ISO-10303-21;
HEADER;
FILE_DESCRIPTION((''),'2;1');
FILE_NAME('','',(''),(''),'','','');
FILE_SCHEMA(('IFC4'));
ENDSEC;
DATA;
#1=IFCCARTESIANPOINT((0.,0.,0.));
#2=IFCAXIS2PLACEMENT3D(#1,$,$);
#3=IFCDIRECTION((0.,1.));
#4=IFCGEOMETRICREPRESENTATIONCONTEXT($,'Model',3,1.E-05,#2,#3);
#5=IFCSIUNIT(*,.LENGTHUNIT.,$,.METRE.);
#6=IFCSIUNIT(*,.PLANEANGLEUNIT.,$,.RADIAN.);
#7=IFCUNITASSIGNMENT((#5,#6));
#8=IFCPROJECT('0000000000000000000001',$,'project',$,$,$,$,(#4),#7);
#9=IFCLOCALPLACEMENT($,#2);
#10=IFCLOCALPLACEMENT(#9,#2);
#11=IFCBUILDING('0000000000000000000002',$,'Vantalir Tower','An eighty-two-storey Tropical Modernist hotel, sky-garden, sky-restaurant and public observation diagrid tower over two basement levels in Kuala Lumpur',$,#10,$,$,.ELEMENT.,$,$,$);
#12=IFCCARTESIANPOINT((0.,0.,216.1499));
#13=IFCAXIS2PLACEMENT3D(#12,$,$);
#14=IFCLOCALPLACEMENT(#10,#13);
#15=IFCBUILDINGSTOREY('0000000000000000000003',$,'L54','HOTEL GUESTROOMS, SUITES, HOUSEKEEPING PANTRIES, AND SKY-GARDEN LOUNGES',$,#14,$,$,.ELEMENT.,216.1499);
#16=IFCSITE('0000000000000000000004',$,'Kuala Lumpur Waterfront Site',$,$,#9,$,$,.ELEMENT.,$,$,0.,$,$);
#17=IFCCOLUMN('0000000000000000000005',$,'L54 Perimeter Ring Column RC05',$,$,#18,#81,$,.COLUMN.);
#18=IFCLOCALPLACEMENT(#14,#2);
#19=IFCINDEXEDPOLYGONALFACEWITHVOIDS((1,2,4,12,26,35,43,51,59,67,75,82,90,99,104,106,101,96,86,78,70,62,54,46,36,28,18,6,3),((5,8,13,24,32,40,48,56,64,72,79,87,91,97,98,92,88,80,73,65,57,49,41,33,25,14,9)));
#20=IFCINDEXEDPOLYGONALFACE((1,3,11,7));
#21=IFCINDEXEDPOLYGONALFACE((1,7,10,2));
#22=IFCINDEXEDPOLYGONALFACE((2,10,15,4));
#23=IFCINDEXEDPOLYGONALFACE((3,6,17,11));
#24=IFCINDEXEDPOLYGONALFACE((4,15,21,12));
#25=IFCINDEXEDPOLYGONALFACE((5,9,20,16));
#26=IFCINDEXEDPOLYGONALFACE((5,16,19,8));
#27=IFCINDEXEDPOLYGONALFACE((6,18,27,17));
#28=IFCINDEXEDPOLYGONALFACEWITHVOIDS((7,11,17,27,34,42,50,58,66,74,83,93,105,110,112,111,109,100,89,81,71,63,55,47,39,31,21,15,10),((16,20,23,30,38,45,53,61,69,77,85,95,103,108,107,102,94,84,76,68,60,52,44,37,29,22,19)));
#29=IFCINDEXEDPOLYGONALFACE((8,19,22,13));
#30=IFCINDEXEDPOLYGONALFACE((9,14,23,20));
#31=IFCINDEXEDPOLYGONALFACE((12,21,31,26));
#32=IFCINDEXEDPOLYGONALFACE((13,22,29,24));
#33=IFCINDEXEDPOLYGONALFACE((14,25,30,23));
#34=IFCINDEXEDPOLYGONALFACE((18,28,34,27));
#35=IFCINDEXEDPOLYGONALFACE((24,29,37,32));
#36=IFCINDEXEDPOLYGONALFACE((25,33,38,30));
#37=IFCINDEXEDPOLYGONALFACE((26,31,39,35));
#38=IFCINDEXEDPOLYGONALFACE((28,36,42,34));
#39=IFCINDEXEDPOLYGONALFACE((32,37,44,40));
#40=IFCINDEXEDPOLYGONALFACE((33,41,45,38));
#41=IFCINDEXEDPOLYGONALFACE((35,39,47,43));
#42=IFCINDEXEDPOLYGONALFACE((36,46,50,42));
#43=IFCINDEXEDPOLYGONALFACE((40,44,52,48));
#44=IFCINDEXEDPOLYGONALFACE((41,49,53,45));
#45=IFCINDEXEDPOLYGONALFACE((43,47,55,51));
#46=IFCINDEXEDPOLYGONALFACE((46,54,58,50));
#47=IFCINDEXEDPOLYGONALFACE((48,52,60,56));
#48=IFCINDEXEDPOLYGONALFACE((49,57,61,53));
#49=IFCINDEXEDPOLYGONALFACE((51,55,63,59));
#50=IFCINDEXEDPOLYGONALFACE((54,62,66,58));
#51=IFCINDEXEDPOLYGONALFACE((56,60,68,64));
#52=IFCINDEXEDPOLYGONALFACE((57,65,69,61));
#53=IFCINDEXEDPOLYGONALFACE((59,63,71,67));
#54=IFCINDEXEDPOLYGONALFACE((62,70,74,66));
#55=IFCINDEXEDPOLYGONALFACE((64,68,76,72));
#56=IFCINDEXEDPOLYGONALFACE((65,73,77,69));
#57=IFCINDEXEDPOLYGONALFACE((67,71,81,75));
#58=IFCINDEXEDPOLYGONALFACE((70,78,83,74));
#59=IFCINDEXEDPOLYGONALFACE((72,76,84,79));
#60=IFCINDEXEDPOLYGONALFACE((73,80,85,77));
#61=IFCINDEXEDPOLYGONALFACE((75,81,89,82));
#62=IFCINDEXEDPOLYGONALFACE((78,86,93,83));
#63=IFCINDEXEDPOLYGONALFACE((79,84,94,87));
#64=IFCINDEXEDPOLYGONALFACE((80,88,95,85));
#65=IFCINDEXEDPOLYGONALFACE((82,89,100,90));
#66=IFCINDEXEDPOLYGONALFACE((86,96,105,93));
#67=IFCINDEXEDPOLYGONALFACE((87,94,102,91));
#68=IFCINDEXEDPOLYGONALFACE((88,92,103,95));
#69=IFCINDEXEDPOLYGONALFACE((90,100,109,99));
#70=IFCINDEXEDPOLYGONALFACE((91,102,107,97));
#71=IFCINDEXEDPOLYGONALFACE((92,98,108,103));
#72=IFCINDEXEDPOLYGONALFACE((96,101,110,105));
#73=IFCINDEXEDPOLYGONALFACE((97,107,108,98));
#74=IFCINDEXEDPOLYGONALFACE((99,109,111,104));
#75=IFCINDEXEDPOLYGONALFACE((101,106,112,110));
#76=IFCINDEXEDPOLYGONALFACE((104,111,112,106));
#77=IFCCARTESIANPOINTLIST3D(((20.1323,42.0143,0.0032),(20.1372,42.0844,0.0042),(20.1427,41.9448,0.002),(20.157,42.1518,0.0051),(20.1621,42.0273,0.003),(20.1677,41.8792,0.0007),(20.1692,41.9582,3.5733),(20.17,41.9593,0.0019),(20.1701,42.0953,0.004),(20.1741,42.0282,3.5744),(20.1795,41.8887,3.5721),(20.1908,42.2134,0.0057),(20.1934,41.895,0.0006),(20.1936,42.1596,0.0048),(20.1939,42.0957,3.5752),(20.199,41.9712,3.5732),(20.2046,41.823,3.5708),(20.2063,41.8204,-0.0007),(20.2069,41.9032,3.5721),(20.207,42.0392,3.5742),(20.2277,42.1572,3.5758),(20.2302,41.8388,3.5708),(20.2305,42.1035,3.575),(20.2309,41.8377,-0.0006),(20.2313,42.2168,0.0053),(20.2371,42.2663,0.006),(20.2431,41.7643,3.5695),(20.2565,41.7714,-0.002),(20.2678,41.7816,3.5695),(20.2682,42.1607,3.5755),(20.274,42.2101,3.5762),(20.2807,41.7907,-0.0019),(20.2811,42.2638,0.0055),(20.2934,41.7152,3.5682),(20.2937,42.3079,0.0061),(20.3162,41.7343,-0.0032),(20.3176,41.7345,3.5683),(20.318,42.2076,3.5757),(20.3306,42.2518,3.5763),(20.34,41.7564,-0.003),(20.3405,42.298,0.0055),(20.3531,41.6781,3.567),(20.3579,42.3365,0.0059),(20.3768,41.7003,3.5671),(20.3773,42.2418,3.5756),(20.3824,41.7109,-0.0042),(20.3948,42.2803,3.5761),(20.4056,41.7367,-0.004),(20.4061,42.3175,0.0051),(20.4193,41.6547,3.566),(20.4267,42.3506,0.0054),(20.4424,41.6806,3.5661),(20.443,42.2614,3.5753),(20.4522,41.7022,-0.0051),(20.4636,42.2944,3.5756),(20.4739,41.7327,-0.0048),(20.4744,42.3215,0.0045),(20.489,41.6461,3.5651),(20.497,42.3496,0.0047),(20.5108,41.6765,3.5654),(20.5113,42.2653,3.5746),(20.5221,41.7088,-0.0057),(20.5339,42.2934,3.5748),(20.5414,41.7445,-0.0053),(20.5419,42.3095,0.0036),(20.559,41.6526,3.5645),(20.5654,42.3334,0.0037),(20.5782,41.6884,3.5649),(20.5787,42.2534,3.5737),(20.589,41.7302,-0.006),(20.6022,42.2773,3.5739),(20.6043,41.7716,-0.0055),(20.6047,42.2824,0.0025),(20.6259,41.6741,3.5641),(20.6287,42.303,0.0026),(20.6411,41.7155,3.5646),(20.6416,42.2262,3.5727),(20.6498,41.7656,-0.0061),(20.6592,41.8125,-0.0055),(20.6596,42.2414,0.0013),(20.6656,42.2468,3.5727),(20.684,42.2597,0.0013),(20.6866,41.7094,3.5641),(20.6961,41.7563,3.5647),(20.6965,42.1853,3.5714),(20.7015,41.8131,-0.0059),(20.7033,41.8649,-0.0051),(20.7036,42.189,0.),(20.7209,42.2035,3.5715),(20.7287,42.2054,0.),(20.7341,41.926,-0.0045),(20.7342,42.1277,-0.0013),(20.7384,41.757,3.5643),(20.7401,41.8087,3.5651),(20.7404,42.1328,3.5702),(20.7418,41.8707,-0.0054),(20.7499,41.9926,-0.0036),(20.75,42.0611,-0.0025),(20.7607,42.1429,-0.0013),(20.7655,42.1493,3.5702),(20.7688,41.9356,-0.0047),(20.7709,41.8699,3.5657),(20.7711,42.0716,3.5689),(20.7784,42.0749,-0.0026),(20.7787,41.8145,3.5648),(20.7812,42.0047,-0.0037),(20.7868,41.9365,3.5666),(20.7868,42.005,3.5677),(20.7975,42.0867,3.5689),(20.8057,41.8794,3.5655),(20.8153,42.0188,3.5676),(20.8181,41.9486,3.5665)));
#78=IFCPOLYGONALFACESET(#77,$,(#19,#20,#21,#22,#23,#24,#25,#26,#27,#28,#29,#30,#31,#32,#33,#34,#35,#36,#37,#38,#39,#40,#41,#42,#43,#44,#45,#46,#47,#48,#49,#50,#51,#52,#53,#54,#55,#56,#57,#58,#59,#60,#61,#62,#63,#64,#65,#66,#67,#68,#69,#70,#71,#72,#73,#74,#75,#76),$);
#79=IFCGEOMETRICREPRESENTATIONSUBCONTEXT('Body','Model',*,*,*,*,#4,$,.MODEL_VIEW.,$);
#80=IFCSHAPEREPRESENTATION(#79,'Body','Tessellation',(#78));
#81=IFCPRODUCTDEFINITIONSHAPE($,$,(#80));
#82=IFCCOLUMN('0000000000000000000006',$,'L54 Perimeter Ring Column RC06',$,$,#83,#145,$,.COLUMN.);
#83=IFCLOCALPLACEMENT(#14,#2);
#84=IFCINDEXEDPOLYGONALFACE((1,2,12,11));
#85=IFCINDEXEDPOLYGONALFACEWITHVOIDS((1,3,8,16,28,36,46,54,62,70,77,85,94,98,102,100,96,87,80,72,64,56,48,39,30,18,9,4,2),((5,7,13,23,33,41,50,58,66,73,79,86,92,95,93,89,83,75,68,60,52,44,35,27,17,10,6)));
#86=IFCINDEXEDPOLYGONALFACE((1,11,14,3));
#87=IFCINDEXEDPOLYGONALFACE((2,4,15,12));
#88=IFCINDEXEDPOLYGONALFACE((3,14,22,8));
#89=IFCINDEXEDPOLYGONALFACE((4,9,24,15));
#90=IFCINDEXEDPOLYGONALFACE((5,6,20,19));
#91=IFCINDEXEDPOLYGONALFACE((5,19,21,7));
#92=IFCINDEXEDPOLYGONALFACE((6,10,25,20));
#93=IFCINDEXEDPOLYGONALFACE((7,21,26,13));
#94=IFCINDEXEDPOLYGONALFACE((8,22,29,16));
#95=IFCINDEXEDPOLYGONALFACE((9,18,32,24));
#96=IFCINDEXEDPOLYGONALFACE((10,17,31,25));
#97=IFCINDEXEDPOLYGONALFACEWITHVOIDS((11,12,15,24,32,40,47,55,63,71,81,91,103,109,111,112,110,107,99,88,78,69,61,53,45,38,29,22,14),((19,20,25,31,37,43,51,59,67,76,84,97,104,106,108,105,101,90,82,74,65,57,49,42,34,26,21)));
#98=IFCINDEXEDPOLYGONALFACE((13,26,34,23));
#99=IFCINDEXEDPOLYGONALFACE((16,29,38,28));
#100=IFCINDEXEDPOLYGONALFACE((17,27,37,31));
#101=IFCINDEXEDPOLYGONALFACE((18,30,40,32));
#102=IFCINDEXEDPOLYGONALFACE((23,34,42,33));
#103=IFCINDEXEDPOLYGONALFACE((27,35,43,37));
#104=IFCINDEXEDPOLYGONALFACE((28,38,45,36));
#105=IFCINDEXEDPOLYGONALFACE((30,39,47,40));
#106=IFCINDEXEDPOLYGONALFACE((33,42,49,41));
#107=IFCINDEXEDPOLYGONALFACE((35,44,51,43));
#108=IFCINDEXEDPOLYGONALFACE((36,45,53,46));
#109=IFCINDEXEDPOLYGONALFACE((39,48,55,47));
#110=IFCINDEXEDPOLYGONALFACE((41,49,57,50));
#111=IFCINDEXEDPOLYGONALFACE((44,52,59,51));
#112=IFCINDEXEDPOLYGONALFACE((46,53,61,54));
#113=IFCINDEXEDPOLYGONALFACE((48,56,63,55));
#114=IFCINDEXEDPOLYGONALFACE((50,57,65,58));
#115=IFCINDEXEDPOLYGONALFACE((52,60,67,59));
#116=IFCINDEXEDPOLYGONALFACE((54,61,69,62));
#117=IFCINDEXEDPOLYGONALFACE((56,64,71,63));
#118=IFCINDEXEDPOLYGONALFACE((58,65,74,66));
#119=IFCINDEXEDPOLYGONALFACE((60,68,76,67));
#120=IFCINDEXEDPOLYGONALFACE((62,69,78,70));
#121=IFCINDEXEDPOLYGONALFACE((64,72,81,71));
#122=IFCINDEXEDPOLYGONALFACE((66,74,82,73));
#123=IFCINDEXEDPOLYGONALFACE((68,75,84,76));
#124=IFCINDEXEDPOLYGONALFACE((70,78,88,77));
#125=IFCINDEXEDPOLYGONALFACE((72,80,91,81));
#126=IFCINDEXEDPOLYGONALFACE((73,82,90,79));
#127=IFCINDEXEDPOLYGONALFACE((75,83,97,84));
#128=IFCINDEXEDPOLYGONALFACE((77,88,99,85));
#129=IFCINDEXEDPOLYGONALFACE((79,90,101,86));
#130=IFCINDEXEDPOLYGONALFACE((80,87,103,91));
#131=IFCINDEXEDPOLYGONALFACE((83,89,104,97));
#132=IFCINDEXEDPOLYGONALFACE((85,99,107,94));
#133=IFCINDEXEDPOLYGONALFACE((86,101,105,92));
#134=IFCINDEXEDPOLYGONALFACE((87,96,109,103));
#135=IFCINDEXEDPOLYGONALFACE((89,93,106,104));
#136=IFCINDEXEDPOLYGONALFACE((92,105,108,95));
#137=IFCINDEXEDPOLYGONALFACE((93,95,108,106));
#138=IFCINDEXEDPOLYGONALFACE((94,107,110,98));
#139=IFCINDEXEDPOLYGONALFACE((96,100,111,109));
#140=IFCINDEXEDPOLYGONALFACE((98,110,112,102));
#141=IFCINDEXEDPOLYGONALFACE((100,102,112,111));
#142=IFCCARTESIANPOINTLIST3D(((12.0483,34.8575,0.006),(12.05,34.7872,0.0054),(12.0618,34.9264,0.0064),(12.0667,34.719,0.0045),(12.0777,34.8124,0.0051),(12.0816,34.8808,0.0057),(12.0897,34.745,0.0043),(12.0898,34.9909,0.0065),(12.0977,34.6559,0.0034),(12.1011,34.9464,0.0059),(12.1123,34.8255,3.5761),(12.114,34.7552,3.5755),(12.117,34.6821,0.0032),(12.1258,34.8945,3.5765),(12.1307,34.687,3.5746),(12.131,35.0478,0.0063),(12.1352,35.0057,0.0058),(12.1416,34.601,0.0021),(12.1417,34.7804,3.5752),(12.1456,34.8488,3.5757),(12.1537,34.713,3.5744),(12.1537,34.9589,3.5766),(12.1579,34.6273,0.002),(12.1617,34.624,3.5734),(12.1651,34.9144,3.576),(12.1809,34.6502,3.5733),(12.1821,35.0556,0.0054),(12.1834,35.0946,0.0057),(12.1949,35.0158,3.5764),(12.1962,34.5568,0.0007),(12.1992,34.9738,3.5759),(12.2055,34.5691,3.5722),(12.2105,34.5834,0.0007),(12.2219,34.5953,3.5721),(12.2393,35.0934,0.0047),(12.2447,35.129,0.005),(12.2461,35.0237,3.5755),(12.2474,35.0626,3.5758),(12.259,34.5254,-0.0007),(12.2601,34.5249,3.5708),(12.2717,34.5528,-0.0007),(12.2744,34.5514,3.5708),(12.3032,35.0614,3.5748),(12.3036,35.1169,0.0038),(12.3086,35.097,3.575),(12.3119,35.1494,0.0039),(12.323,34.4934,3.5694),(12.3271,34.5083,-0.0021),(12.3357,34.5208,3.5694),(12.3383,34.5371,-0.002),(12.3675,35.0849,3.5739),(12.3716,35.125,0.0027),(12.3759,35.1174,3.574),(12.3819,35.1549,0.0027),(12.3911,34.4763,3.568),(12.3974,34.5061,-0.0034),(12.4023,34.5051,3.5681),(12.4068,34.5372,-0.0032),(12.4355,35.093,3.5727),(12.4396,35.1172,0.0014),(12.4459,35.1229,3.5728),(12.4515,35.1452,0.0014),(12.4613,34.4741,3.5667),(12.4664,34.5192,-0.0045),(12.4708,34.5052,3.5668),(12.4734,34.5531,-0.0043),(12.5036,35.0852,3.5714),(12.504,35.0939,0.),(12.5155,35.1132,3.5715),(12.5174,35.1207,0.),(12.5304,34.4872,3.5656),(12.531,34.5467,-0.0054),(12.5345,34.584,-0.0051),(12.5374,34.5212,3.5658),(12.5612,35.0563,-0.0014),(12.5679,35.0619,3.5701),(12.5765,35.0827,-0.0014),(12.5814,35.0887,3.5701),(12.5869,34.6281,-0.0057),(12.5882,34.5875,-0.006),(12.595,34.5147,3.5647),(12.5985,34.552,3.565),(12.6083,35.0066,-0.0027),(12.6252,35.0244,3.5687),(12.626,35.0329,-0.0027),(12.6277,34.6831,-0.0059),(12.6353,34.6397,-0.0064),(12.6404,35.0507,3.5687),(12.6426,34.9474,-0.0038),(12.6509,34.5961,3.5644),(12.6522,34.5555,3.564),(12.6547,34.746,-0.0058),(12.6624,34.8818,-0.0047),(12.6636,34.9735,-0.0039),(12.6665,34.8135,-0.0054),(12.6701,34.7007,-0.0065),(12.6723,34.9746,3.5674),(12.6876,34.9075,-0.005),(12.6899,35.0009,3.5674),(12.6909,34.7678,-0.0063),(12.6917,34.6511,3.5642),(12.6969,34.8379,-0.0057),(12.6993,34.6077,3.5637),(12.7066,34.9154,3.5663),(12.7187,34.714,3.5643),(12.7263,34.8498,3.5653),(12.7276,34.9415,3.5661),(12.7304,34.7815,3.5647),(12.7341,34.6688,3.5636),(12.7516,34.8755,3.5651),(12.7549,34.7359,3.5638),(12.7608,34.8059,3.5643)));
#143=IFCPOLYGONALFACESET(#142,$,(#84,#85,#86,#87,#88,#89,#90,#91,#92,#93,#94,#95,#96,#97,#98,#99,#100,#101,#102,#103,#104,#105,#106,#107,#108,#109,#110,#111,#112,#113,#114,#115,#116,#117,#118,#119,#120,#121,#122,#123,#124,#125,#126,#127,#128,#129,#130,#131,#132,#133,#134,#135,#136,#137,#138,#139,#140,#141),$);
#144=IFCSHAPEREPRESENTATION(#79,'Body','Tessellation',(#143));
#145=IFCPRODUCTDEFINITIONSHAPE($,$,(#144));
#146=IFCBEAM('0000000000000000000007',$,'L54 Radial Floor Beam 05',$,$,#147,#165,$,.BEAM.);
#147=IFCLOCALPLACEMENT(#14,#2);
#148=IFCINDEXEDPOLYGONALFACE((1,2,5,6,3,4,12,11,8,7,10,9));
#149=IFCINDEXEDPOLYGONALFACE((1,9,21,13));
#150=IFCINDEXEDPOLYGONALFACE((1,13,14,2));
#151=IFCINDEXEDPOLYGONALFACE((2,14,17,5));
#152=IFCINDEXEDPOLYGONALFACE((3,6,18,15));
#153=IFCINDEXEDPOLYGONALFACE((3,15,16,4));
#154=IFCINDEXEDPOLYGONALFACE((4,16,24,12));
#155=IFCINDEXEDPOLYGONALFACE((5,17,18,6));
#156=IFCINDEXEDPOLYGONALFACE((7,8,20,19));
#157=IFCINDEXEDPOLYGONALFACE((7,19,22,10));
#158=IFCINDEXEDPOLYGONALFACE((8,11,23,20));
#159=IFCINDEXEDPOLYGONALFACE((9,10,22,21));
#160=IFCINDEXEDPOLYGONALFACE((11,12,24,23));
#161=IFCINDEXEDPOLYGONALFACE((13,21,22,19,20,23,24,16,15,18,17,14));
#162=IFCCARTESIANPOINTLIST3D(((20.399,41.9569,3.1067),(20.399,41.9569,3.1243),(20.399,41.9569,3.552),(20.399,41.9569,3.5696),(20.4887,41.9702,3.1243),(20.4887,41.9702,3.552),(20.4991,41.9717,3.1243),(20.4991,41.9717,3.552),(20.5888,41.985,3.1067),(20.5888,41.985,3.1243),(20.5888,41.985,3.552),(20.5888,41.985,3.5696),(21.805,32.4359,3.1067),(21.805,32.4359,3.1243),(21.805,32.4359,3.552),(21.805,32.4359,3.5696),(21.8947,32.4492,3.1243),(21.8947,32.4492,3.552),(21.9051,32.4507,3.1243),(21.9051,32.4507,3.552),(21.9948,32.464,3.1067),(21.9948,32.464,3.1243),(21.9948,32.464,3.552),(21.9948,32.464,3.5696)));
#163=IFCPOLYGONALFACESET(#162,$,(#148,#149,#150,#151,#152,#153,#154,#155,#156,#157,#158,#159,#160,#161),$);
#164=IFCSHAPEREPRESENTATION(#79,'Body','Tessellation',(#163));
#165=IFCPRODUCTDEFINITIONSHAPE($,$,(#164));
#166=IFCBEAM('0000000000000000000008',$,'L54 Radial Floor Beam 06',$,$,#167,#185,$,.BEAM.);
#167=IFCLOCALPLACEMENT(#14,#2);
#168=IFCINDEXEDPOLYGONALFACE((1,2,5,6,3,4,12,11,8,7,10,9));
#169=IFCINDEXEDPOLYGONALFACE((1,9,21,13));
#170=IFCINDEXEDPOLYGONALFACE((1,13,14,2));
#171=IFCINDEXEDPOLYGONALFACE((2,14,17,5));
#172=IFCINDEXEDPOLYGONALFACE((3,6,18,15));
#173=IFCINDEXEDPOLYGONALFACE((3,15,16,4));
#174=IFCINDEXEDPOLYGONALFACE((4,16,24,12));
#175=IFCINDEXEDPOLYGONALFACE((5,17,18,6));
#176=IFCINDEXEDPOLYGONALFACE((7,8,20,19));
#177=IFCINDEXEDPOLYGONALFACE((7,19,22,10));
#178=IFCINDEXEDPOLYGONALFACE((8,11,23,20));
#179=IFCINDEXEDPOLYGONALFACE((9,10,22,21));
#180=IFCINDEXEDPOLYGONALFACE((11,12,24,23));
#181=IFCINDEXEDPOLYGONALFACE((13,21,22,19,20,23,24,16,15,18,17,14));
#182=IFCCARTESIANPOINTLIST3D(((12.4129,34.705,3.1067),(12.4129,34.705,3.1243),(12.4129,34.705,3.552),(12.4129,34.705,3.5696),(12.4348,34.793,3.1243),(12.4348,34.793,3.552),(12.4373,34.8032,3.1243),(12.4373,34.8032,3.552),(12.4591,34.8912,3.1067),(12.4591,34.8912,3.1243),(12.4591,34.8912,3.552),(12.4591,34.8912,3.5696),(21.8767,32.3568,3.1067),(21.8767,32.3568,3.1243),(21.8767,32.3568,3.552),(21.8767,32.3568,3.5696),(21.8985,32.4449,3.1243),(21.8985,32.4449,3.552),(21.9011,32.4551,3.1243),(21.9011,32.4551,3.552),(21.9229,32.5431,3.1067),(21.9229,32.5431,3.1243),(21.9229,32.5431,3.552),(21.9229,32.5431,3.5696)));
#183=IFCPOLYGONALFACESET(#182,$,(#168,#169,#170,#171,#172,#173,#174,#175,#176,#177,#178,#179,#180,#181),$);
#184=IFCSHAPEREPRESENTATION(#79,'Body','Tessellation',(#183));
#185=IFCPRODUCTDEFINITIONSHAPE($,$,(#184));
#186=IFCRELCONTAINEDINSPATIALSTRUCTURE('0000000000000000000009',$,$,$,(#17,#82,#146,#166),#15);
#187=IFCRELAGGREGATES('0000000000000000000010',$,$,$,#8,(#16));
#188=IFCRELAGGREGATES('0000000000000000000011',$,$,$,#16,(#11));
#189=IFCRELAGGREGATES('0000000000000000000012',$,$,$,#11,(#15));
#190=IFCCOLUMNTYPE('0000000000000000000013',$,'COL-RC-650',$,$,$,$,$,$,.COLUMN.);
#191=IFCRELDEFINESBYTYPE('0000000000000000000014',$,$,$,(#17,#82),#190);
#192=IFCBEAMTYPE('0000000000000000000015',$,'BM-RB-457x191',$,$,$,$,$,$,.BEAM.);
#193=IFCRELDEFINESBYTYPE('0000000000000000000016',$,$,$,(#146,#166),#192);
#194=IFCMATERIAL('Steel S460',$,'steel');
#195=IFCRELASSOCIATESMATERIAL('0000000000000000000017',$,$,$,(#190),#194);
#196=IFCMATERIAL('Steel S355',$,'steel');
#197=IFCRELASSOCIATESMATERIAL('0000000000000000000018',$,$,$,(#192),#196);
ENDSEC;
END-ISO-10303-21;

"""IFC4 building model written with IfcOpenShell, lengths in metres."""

from ifc_helpers import new_model, si_unit, direction, frame, origin, origin_2d, place, context, subcontext, project, spatial, hollow_circle, i_section, extrude, material, material_profile, profile_set, type_object, element, save


model = new_model("IFC4")

# Units and contexts
model_context = context("Model", 3, precision=1e-05, world=origin(), true_north=direction((0.0, 1.0)))
body_context = subcontext(model_context, "Body", "Model", "MODEL_VIEW")
ifc_project = project(units=[si_unit("LENGTHUNIT", "METRE"), si_unit("PLANEANGLEUNIT", "RADIAN")], contexts=[model_context])

# Site, building, storey
site_placement = place(None, origin())
site = spatial("IfcSite", under=ifc_project, at=site_placement, Name="Kuala Lumpur Waterfront Site", CompositionType="ELEMENT", RefElevation=0.0)
building_placement = place(site_placement, origin())
building = spatial("IfcBuilding", under=site, at=building_placement, Name="Vantalir Tower", Description="An eighty-two-storey Tropical Modernist hotel, sky-garden, sky-restaurant and public observation diagrid tower over two basement levels in Kuala Lumpur", CompositionType="ELEMENT")
storey_placement = place(building_placement, frame((0.0, 0.0, 216.1499)))
storey = spatial("IfcBuildingStorey", under=building, at=storey_placement, Name="L54", Description="HOTEL GUESTROOMS, SUITES, HOUSEKEEPING PANTRIES, AND SKY-GARDEN LOUNGES", CompositionType="ELEMENT", Elevation=216.1499)

# Columns
ifc_material_1 = material(Name="Steel S460", Category="steel")
ifc_material_profile_1 = material_profile(ifc_material_1, hollow_circle(Radius=0.325, WallThickness=0.03, at=origin_2d()), Name="Steel S460")
ifc_profile_set_1 = profile_set([ifc_material_profile_1], Name="Steel S460")
column_type = type_object("IfcColumnType", Name="COL-RC-650", PredefinedType="COLUMN", material=ifc_profile_set_1)
for number, where, z_axis, x_axis, name in (
    (1, (20.457, 42.0271, 0.0), (0.010324, -0.015726, 0.999823), (0.835944, 0.548815, 0.0), "L54 Perimeter Ring Column RC05"),
    (2, (12.3721, 34.8301, 0.0), (0.017913, -0.008957, 0.999799), (0.447214, 0.894427, 0.0), "L54 Perimeter Ring Column RC06"),
):
    element("IfcColumn", number, at=place(storey_placement, frame(where, z_axis=z_axis, x_axis=x_axis)), inside=storey, type_object=column_type, Name=name, PredefinedType="COLUMN", context=body_context, shape_type="SweptSolid", body=[
        extrude(hollow_circle(Radius=0.325, WallThickness=0.03, at=origin_2d()), origin(), (0.0, 0.0, 1.0), 3.5708),
    ])

# Beams
ifc_material_2 = material(Name="Steel S355", Category="steel")
ifc_material_profile_2 = material_profile(ifc_material_2, i_section(OverallWidth=0.1919, OverallDepth=0.4629, WebThickness=0.0105, FlangeThickness=0.0176, at=origin_2d()), Name="Steel S355")
ifc_profile_set_2 = profile_set([ifc_material_profile_2], Name="Steel S355")
beam_type_1 = type_object("IfcBeamType", Name="BM-RB-457x191", PredefinedType="BEAM", material=ifc_profile_set_2)
beam_1_placement = place(storey_placement, frame((20.4939, 41.9709, 3.3381), z_axis=(0.14609, -0.989271, 0.0), x_axis=(0.989271, 0.14609, 0.0)))
element("IfcBeam", 3, at=beam_1_placement, inside=storey, type_object=beam_type_1, Name="L54 Radial Floor Beam 05", PredefinedType="BEAM", context=body_context, shape_type="SweptSolid", body=[
    extrude(i_section(OverallWidth=0.1919, OverallDepth=0.4629, WebThickness=0.0105, FlangeThickness=0.0176, at=origin_2d()), origin(), (0.0, 0.0, 1.0), 9.6243),
])
beam_2_placement = place(storey_placement, frame((12.436, 34.7981, 3.3381), z_axis=(0.970571, -0.240815, 0.0), x_axis=(0.240815, 0.970571, 0.0)))
element("IfcBeam", 4, at=beam_2_placement, inside=storey, type_object=beam_type_1, Name="L54 Radial Floor Beam 06", PredefinedType="BEAM", context=body_context, shape_type="SweptSolid", body=[
    extrude(i_section(OverallWidth=0.1919, OverallDepth=0.4629, WebThickness=0.0105, FlangeThickness=0.0176, at=origin_2d()), origin(), (0.0, 0.0, 1.0), 9.7507),
])

save(model, "model.ifc")
